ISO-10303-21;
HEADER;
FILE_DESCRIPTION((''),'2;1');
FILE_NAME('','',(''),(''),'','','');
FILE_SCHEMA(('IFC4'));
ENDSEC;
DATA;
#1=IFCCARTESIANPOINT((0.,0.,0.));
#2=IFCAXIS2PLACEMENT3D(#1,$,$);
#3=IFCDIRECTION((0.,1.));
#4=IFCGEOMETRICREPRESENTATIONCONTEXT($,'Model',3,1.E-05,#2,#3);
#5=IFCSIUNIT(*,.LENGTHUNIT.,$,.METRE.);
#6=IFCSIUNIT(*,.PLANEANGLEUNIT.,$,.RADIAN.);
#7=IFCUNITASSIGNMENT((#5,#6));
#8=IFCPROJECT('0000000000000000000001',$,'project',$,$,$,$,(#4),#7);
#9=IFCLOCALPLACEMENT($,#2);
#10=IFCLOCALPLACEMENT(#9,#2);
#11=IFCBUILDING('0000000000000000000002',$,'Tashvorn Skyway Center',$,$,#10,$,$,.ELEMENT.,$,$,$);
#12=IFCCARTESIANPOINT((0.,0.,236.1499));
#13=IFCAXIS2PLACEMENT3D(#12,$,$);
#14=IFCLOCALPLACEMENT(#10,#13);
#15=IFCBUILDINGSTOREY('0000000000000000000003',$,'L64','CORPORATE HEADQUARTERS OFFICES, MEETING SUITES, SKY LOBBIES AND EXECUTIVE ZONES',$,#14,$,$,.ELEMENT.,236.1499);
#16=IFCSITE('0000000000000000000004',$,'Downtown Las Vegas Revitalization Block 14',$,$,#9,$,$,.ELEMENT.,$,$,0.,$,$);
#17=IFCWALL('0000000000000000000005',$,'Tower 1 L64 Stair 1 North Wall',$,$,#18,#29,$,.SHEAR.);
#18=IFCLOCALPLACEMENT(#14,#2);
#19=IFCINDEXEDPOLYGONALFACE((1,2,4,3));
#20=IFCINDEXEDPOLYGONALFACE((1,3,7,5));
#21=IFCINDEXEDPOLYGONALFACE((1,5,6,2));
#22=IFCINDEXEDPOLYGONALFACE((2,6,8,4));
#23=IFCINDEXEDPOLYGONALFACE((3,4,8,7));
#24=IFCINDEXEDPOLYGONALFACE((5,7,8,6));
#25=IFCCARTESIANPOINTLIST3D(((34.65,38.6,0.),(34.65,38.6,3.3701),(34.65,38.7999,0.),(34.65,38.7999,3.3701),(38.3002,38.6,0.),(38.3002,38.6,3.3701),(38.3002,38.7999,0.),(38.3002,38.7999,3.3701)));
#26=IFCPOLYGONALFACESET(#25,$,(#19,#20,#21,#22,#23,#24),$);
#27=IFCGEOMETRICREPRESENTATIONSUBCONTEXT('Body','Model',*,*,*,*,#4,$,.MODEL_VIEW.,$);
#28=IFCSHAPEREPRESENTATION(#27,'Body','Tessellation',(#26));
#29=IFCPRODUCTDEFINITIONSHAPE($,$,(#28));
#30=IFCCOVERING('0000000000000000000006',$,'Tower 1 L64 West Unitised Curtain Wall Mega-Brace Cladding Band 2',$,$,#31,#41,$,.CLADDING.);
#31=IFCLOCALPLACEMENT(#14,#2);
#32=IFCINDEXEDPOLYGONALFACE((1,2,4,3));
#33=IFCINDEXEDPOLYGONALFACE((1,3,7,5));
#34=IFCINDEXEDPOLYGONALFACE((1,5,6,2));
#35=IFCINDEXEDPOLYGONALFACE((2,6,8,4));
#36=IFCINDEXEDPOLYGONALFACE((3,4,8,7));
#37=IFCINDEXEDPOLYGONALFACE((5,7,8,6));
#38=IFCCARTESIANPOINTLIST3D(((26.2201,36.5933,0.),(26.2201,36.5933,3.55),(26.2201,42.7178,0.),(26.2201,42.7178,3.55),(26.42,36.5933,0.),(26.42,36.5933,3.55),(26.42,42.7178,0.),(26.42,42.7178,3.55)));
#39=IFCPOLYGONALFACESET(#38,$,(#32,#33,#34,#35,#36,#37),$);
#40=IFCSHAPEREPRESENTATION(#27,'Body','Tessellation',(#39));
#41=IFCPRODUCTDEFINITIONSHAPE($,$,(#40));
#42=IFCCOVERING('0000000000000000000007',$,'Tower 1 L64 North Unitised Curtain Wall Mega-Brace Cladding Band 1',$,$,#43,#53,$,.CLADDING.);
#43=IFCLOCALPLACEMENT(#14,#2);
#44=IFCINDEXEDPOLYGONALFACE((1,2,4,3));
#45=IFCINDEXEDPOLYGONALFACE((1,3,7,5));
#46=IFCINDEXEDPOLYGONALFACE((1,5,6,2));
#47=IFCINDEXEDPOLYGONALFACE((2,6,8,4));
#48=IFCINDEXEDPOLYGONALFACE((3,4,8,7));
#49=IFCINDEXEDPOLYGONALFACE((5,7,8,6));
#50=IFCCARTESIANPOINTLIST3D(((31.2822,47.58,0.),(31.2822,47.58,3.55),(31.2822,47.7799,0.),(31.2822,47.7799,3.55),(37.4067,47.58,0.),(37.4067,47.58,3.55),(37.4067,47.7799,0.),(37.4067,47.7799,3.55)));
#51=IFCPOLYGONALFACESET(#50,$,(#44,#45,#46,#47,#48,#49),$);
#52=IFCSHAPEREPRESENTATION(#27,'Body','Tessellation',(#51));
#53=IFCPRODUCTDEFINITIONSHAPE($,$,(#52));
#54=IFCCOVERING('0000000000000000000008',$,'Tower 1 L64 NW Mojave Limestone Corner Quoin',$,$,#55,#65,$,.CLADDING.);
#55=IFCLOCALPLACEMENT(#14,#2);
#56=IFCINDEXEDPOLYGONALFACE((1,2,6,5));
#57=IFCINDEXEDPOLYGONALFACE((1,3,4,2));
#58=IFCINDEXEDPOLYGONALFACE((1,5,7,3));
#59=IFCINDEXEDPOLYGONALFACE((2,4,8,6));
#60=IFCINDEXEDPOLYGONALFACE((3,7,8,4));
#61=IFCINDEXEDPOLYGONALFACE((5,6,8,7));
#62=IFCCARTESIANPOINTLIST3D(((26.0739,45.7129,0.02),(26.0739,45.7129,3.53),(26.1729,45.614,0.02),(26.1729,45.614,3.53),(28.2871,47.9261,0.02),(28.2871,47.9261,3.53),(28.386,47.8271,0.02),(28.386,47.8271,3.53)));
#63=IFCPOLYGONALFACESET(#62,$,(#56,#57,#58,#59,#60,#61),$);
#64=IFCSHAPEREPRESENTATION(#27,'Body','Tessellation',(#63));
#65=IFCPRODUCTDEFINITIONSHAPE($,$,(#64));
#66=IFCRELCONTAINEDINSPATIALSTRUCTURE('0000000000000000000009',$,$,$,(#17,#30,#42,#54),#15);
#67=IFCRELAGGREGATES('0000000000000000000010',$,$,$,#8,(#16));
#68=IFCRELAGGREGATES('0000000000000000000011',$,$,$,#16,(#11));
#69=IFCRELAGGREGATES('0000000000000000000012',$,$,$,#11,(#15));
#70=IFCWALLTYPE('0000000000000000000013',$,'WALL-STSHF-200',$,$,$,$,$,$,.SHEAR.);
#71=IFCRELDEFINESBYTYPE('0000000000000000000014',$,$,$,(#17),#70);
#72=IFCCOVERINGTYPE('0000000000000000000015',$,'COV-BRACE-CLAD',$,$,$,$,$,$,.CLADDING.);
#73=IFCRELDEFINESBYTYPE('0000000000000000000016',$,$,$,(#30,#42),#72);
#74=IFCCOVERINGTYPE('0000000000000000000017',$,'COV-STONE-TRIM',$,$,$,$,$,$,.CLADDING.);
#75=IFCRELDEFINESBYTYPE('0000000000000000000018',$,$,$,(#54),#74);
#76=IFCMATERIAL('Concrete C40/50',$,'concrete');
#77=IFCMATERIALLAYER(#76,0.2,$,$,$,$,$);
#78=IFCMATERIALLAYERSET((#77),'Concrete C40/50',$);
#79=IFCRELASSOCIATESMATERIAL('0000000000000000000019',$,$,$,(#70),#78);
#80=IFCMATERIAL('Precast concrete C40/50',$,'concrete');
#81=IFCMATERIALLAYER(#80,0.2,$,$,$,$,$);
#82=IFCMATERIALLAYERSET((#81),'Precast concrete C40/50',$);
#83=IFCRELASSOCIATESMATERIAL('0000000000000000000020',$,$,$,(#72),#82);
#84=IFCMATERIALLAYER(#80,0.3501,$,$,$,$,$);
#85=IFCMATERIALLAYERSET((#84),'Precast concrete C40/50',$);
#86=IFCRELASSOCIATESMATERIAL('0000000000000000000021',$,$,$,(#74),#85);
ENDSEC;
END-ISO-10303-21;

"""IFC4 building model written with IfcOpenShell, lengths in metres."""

from ifc_helpers import new_model, si_unit, direction, frame, frame_2d, origin, origin_2d, place, context, subcontext, project, spatial, rectangle, extrude, material, layer, layer_set, type_object, element, save


model = new_model("IFC4")

# Units and contexts
model_context = context("Model", 3, precision=1e-05, world=origin(), true_north=direction((0.0, 1.0)))
body_context = subcontext(model_context, "Body", "Model", "MODEL_VIEW")
ifc_project = project(units=[si_unit("LENGTHUNIT", "METRE"), si_unit("PLANEANGLEUNIT", "RADIAN")], contexts=[model_context])

# Site, building, storey
site_placement = place(None, origin())
site = spatial("IfcSite", under=ifc_project, at=site_placement, Name="Downtown Las Vegas Revitalization Block 14", CompositionType="ELEMENT", RefElevation=0.0)
building_placement = place(site_placement, origin())
building = spatial("IfcBuilding", under=site, at=building_placement, Name="Tashvorn Skyway Center", CompositionType="ELEMENT")
storey_placement = place(building_placement, frame((0.0, 0.0, 236.1499)))
storey = spatial("IfcBuildingStorey", under=building, at=storey_placement, Name="L64", Description="CORPORATE HEADQUARTERS OFFICES, MEETING SUITES, SKY LOBBIES AND EXECUTIVE ZONES", CompositionType="ELEMENT", Elevation=236.1499)

# Shared definitions
ifc_material_1 = material(Name="Precast concrete C40/50", Category="concrete")

# Wall
ifc_material_2 = material(Name="Concrete C40/50", Category="concrete")
ifc_layer_1 = layer(ifc_material_2, 0.2)
ifc_layer_set_1 = layer_set([ifc_layer_1], Name="Concrete C40/50")
wall_type_1 = type_object("IfcWallType", Name="WALL-STSHF-200", PredefinedType="SHEAR", material=ifc_layer_set_1)
wall_1_placement = place(storey_placement, frame((34.6499, 38.7, 0.0), z_axis=(0.0, 0.0, 1.0), x_axis=(1.0, 0.0, 0.0)))
element("IfcWall", 1, at=wall_1_placement, inside=storey, type_object=wall_type_1, Name="Tower 1 L64 Stair 1 North Wall", PredefinedType="SHEAR", context=body_context, shape_type="SweptSolid", body=[
    extrude(rectangle(XDim=3.6501, YDim=0.2, at=frame_2d((1.8252, 0.0))), origin(), (0.0, 0.0, 1.0), 3.3701),
])

# Coverings
ifc_layer_2 = layer(ifc_material_1, 0.2)
ifc_layer_set_2 = layer_set([ifc_layer_2], Name="Precast concrete C40/50")
covering_type_1 = type_object("IfcCoveringType", Name="COV-BRACE-CLAD", PredefinedType="CLADDING", material=ifc_layer_set_2)
for number, where, z_axis, x_axis, name in (
    (2, (26.3201, 39.6555, 0.0), (0.0, 0.0, 1.0), (0.0, 1.0, 0.0), "Tower 1 L64 West Unitised Curtain Wall Mega-Brace Cladding Band 2"),
    (3, (34.3445, 47.6799, 0.0), (0.0, 0.0, 1.0), (1.0, 0.0, 0.0), "Tower 1 L64 North Unitised Curtain Wall Mega-Brace Cladding Band 1"),
):
    element("IfcCovering", number, at=place(storey_placement, frame(where, z_axis=z_axis, x_axis=x_axis)), inside=storey, type_object=covering_type_1, Name=name, PredefinedType="CLADDING", context=body_context, shape_type="SweptSolid", body=[
        extrude(rectangle(XDim=6.1245, YDim=0.2, at=origin_2d()), origin(), (0.0, 0.0, 1.0), 3.55),
    ])
ifc_layer_3 = layer(ifc_material_1, 0.3501)
ifc_layer_set_3 = layer_set([ifc_layer_3], Name="Precast concrete C40/50")
covering_type_2 = type_object("IfcCoveringType", Name="COV-STONE-TRIM", PredefinedType="CLADDING", material=ifc_layer_set_3)
covering_placement = place(storey_placement, frame((27.23, 46.77, 0.02), z_axis=(0.0, 0.0, 1.0), x_axis=(-0.707107, -0.707107, 0.0)))
element("IfcCovering", 4, at=covering_placement, inside=storey, type_object=covering_type_2, Name="Tower 1 L64 NW Mojave Limestone Corner Quoin", PredefinedType="CLADDING", context=body_context, shape_type="SweptSolid", body=[
    extrude(rectangle(XDim=3.1299, YDim=0.1399, at=origin_2d()), origin(), (0.0, 0.0, 1.0), 3.51),
])

save(model, "model.ifc")
